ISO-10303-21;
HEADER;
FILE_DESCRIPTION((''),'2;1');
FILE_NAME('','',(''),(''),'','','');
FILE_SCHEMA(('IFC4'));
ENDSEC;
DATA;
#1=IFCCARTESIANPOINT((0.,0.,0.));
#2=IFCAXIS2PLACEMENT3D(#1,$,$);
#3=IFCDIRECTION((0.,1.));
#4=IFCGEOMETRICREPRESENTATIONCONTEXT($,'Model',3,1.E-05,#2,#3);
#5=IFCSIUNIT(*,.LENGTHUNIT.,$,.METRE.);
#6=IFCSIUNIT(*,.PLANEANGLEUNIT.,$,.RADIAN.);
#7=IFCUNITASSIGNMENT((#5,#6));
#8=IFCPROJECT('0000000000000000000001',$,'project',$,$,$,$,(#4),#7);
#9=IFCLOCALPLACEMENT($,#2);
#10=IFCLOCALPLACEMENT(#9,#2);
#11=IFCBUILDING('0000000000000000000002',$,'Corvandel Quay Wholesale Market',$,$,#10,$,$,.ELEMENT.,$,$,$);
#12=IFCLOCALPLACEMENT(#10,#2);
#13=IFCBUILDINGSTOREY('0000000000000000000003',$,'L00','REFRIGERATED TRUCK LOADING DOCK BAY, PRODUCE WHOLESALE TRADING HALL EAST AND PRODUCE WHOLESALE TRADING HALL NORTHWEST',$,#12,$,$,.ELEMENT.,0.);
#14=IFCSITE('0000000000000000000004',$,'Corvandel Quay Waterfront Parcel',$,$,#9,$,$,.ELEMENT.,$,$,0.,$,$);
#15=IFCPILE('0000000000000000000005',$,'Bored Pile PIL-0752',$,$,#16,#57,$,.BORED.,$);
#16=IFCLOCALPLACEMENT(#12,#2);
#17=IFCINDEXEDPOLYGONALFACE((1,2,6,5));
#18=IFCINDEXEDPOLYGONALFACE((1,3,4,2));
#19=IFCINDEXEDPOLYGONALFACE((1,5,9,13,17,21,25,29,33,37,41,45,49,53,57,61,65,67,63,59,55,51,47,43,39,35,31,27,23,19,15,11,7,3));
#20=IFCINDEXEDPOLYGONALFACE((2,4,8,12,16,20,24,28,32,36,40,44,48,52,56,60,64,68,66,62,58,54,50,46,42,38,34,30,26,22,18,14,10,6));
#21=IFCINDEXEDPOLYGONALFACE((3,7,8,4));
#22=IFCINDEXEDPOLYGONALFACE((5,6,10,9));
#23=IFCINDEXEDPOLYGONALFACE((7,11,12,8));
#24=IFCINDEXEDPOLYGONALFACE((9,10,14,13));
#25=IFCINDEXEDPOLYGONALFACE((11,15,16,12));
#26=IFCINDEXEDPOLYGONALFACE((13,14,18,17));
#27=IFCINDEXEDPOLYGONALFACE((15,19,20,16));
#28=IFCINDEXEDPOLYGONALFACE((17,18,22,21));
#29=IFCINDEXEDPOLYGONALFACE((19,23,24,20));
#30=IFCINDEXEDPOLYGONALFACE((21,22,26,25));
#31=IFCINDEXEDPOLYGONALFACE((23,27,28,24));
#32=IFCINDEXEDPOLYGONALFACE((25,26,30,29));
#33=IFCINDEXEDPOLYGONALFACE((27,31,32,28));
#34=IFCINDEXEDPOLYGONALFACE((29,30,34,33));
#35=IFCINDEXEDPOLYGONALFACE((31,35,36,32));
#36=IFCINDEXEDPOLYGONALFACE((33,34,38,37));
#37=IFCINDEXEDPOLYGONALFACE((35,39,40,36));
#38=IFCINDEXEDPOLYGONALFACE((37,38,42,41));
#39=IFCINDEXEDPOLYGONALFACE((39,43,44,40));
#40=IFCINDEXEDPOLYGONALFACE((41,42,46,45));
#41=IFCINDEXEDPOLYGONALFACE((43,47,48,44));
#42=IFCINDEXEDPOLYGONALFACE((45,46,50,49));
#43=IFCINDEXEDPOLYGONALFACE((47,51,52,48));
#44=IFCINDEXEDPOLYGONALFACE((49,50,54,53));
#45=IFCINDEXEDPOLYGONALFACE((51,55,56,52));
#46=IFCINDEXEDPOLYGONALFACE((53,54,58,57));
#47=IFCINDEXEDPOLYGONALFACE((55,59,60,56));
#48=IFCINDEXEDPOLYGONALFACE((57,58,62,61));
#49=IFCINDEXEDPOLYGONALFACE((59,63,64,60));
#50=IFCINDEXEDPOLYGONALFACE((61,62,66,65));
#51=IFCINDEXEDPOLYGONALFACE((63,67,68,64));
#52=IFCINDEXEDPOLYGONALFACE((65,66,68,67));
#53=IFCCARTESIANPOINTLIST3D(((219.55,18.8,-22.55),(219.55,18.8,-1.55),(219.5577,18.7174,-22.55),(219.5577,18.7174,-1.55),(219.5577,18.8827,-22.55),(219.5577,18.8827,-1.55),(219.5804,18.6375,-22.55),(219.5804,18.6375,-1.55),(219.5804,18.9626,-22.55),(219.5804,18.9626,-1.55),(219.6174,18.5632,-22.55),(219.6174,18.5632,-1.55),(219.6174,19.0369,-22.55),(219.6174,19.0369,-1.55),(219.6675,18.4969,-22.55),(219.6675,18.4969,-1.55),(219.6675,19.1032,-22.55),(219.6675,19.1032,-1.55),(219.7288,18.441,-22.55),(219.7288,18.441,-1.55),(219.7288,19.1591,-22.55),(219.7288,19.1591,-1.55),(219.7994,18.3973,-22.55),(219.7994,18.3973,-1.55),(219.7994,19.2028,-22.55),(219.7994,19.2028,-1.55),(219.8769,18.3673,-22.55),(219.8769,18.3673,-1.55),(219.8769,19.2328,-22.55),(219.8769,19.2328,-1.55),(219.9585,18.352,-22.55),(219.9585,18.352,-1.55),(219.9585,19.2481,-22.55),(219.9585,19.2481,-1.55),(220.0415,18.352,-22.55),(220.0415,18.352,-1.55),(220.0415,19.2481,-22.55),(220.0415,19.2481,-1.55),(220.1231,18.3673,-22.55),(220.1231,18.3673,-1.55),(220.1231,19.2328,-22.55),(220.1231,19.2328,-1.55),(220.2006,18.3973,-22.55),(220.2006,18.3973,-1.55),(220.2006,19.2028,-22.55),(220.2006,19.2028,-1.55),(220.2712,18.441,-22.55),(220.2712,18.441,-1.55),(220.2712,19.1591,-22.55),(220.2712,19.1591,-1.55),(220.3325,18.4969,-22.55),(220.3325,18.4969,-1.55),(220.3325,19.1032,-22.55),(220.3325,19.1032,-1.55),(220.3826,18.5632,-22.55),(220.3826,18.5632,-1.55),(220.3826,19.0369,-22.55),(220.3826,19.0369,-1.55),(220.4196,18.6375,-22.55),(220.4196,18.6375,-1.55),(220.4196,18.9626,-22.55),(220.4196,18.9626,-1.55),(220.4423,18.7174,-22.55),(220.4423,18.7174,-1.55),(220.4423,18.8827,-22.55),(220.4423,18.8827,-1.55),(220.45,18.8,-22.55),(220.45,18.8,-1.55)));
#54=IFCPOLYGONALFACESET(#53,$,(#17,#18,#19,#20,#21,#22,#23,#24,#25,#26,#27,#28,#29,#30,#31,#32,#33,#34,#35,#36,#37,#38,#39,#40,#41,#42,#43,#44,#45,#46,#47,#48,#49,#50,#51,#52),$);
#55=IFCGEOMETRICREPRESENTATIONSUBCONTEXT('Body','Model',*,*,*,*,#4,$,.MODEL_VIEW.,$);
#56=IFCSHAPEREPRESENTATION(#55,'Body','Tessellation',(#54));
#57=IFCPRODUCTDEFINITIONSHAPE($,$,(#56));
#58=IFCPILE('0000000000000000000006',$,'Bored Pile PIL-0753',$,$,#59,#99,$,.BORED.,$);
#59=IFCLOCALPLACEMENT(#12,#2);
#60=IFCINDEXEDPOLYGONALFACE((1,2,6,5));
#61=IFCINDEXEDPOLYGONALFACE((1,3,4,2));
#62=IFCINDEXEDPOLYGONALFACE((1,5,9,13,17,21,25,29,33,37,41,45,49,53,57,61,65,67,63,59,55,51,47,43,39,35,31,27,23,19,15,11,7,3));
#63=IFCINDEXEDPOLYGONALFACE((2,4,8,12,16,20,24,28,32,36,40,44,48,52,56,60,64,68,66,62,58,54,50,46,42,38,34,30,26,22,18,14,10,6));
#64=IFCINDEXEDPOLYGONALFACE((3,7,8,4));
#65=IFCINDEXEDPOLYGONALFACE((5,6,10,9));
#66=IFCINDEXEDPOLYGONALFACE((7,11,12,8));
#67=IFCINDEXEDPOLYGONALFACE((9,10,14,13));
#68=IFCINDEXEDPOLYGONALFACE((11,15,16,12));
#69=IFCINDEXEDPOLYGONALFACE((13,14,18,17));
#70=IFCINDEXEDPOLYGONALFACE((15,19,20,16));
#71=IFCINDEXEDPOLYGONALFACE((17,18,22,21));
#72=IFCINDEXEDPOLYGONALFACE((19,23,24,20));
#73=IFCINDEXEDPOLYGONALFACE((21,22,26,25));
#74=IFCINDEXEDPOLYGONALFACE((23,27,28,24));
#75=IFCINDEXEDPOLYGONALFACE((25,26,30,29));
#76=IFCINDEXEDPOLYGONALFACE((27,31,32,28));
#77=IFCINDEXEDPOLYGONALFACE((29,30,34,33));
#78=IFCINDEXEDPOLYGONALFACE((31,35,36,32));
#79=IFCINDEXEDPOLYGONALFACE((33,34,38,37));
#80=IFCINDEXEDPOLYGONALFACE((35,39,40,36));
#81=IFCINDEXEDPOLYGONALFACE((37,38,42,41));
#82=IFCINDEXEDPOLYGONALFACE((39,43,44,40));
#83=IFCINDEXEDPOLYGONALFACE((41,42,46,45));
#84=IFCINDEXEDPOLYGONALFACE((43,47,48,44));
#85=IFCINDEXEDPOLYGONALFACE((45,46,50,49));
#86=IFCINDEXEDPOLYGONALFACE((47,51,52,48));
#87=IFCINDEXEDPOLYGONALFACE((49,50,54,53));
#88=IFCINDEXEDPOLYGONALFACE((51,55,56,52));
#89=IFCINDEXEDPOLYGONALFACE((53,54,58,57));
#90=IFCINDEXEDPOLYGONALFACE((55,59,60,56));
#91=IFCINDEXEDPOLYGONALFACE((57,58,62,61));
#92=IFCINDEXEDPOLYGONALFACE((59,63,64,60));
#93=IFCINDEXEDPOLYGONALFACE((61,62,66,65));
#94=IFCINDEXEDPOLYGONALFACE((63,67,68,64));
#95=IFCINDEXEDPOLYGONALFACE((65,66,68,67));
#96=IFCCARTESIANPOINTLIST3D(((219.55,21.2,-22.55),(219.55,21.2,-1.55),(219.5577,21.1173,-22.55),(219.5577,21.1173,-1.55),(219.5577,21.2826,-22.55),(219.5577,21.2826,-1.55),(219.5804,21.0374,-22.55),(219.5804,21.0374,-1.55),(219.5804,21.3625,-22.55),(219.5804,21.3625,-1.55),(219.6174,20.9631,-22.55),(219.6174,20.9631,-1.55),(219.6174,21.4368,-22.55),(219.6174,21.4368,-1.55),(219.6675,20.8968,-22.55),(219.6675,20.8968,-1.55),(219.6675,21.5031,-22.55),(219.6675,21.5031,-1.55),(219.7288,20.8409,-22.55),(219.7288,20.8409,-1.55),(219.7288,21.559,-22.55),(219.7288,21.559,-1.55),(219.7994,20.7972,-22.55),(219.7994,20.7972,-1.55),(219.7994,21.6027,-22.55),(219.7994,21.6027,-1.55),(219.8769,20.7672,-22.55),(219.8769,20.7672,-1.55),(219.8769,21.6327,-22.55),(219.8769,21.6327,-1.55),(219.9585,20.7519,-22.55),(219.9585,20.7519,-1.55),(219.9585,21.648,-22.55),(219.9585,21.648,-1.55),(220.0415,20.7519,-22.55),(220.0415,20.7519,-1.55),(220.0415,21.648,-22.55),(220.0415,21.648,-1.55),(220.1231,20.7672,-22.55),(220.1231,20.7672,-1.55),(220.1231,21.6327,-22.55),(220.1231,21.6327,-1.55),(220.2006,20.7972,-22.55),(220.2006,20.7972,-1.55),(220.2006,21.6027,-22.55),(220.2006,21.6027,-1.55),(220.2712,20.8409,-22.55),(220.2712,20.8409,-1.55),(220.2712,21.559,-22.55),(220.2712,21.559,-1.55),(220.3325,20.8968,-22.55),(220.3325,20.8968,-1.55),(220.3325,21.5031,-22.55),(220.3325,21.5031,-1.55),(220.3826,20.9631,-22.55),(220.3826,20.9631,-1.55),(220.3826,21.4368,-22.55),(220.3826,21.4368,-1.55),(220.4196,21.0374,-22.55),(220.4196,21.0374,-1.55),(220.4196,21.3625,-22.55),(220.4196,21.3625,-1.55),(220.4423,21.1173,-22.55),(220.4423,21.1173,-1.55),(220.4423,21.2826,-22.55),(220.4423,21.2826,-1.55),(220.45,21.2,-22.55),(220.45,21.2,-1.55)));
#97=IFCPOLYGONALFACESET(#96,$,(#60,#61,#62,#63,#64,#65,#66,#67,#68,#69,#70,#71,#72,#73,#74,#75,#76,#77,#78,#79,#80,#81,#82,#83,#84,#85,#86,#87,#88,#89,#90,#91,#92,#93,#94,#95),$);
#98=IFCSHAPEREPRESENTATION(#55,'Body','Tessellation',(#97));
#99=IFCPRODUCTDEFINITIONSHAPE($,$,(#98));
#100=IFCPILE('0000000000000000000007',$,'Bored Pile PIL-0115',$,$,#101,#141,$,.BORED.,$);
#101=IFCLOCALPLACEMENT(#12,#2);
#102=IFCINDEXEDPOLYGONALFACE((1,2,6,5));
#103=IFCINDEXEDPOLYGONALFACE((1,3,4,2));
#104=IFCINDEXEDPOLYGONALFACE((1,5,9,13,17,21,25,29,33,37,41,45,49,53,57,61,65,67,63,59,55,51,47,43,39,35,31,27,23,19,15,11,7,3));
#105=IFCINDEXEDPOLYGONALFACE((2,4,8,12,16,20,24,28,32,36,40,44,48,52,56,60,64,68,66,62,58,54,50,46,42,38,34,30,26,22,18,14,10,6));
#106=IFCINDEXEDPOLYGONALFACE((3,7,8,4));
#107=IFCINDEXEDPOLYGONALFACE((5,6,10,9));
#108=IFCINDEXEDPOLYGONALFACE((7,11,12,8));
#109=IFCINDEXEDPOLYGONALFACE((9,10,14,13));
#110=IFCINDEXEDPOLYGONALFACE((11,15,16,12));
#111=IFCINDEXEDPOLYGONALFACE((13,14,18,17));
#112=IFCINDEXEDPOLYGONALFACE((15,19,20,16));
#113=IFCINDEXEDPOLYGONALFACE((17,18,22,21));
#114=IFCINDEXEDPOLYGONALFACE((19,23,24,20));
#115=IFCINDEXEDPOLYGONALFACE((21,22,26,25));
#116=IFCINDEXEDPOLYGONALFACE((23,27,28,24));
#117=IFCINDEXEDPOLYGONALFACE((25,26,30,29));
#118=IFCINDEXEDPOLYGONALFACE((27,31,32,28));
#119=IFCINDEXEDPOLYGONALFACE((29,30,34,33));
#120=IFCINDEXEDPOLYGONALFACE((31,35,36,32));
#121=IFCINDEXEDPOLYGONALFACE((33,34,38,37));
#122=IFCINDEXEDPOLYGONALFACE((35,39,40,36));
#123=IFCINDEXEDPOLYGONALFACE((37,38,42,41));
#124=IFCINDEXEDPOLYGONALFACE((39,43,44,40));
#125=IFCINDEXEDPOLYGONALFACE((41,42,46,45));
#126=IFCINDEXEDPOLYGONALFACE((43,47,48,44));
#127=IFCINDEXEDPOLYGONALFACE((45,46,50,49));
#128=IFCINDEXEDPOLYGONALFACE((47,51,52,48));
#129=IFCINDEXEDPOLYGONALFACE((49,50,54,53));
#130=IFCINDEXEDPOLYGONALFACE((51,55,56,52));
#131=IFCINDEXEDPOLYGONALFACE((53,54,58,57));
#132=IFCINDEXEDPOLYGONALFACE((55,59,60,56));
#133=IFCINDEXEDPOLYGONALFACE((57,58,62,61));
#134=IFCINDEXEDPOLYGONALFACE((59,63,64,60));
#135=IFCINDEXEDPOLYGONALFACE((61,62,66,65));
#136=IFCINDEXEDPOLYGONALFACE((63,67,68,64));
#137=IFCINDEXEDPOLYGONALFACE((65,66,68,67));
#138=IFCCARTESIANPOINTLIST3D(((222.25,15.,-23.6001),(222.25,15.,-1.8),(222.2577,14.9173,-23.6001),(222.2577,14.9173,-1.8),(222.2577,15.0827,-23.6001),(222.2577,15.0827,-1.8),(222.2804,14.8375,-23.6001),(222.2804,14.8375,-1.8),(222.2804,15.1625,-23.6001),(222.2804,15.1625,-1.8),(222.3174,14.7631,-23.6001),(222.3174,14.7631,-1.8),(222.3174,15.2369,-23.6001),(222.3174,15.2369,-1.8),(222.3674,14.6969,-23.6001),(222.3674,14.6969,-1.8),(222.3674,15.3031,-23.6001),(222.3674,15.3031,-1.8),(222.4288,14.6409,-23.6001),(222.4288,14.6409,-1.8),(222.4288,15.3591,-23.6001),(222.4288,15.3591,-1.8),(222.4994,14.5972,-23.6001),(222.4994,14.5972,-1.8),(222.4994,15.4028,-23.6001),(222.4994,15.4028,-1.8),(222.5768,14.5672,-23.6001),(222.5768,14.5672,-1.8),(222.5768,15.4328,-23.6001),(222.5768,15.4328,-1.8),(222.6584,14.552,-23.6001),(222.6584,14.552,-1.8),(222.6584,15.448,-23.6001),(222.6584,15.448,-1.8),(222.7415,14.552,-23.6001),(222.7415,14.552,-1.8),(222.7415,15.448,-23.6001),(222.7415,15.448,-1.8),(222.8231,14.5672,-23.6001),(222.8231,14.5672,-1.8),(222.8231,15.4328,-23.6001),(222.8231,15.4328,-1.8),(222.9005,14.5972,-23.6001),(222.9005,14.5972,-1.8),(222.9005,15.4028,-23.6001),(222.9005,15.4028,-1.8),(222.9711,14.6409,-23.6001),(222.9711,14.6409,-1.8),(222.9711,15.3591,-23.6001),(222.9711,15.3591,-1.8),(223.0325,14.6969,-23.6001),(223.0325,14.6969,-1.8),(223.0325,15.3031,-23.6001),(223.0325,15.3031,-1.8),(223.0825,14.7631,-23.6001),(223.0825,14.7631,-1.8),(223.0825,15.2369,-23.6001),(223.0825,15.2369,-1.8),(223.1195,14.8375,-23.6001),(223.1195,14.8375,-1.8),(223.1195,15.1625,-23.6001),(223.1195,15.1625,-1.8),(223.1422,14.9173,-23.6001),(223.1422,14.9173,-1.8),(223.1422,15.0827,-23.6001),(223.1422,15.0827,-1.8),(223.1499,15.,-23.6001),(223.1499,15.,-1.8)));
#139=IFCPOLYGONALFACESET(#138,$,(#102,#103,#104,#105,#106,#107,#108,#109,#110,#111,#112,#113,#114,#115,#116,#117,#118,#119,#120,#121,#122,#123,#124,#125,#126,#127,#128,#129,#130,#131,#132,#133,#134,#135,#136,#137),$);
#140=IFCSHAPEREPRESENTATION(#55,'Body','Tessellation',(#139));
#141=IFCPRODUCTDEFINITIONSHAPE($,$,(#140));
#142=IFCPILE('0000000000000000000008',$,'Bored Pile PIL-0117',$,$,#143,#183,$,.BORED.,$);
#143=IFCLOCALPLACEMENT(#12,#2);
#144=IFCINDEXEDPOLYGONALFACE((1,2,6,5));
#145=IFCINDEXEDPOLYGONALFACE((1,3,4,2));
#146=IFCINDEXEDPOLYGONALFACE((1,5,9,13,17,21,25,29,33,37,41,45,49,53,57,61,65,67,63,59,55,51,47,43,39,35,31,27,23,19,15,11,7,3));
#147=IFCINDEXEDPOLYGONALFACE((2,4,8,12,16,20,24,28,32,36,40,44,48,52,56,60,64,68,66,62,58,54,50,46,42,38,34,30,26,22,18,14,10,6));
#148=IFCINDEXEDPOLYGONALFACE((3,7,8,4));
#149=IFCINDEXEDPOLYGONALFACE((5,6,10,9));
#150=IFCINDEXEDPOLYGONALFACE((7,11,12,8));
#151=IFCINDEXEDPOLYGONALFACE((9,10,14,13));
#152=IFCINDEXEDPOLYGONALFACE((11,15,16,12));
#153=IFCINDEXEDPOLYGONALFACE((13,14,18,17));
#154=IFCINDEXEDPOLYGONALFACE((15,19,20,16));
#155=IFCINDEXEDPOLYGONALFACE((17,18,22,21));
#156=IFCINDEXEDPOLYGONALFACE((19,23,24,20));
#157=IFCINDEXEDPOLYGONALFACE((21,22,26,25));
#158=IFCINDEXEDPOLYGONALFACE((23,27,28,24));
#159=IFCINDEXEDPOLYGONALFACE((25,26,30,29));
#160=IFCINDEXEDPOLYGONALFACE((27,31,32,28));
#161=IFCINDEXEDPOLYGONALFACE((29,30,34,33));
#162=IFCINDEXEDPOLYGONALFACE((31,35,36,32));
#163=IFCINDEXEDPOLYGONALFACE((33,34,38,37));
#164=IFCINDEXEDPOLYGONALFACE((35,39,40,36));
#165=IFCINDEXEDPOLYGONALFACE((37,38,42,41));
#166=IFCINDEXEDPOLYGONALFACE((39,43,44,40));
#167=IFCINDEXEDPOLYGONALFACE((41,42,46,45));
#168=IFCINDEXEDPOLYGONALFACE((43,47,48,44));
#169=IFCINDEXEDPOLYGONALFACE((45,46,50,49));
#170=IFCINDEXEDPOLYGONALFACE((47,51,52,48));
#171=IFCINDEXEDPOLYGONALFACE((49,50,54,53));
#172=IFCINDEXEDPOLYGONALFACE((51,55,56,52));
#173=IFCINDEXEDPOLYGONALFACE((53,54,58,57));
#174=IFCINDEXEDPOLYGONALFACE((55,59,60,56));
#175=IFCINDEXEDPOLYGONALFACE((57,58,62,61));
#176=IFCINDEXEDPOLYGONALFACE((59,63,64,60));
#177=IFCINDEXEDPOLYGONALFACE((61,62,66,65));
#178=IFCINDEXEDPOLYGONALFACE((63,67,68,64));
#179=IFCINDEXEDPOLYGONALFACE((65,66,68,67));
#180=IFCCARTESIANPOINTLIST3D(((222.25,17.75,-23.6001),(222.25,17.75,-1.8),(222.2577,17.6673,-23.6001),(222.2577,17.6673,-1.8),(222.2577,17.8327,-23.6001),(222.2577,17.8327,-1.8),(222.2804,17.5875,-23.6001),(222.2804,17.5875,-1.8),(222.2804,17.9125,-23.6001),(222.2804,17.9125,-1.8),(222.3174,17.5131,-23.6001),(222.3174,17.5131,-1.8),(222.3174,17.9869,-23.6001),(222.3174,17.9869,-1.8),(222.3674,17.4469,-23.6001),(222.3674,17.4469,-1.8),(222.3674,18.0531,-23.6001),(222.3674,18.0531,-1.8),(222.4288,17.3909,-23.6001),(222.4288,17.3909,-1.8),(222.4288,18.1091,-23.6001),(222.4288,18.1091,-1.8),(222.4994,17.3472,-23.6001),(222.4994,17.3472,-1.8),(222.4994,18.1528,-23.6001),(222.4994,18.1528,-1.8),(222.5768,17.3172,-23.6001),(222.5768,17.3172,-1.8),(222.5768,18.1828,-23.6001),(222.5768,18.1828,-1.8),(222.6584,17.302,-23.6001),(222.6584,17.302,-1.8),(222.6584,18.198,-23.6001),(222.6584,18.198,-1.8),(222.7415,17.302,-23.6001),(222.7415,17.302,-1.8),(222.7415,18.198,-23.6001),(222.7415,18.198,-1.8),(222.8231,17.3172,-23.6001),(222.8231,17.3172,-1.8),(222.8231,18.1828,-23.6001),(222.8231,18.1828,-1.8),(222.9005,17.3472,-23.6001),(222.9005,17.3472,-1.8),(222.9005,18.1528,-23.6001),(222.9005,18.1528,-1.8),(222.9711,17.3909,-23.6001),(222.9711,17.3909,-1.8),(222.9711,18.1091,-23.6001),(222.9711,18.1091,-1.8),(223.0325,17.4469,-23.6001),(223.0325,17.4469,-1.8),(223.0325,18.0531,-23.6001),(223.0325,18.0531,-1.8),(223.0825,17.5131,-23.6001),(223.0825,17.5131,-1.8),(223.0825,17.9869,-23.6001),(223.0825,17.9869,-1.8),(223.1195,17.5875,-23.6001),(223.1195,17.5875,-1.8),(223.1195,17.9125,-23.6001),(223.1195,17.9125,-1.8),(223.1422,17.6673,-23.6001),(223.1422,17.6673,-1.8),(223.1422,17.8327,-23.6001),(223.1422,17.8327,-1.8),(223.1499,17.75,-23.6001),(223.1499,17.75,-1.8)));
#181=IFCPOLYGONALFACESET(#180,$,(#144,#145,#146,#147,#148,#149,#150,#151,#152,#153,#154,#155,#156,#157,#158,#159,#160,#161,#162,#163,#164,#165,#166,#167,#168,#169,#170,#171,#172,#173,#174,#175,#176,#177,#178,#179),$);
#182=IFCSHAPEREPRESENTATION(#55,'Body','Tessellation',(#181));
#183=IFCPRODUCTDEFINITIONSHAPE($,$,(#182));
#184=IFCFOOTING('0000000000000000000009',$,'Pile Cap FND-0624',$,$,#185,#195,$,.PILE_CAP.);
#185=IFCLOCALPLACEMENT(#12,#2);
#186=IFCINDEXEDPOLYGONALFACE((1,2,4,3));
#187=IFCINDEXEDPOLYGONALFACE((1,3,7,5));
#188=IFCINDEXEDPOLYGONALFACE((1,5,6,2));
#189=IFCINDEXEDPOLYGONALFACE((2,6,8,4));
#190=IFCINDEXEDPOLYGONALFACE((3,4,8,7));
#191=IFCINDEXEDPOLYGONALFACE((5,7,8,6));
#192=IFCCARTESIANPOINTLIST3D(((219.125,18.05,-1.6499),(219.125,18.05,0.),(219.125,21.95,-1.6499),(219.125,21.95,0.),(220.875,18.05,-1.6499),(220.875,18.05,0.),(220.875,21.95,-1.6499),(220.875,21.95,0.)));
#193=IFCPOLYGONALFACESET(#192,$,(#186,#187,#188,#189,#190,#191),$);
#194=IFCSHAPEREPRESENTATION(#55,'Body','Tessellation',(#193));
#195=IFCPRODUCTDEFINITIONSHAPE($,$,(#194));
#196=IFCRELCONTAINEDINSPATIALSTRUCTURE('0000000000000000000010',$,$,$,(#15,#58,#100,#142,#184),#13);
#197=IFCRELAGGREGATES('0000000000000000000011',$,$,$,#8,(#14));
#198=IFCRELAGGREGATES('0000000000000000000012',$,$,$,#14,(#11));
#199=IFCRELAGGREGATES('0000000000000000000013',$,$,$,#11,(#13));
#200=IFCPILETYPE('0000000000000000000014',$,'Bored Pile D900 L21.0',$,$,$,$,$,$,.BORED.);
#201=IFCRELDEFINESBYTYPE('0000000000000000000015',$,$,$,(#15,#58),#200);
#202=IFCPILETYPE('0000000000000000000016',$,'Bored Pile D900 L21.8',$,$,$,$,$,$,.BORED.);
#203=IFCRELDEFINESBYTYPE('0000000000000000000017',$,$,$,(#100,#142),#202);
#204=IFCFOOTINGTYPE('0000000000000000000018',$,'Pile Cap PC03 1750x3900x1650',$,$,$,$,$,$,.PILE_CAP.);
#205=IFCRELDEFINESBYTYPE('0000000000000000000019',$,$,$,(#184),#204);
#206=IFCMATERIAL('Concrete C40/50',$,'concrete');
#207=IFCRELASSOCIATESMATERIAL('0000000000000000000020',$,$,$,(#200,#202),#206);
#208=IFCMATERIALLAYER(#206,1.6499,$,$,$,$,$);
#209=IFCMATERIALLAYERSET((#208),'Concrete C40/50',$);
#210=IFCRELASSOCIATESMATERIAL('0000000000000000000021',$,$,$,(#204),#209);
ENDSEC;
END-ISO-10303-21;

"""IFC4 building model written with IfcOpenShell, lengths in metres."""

from ifc_helpers import new_model, si_unit, direction, frame, origin, origin_2d, place, context, subcontext, project, spatial, rectangle, circle, extrude, material, layer, layer_set, material_profile, profile_set, type_object, element, save


model = new_model("IFC4")

# Units and contexts
model_context = context("Model", 3, precision=1e-05, world=origin(), true_north=direction((0.0, 1.0)))
body_context = subcontext(model_context, "Body", "Model", "MODEL_VIEW")
ifc_project = project(units=[si_unit("LENGTHUNIT", "METRE"), si_unit("PLANEANGLEUNIT", "RADIAN")], contexts=[model_context])

# Site, building, storey
site_placement = place(None, origin())
site = spatial("IfcSite", under=ifc_project, at=site_placement, Name="Corvandel Quay Waterfront Parcel", CompositionType="ELEMENT", RefElevation=0.0)
building_placement = place(site_placement, origin())
building = spatial("IfcBuilding", under=site, at=building_placement, Name="Corvandel Quay Wholesale Market", CompositionType="ELEMENT")
storey_placement = place(building_placement, origin())
storey = spatial("IfcBuildingStorey", under=building, at=storey_placement, Name="L00", Description="REFRIGERATED TRUCK LOADING DOCK BAY, PRODUCE WHOLESALE TRADING HALL EAST AND PRODUCE WHOLESALE TRADING HALL NORTHWEST", CompositionType="ELEMENT", Elevation=0.0)

# Piles
ifc_material_1 = material(Name="Concrete C40/50", Category="concrete")
ifc_material_profile_1 = material_profile(ifc_material_1, circle(Radius=0.45, at=origin_2d()), Name="RC-PILE-D900")
ifc_profile_set_1 = profile_set([ifc_material_profile_1], Name="Concrete C40/50")
pile_type_1 = type_object("IfcPileType", Name="Bored Pile D900 L21.0", PredefinedType="BORED", material=ifc_profile_set_1)
for number, where, z_axis, x_axis, name in (
    (1, (220.0, 18.8, -1.55), (0.0, 0.0, -1.0), (1.0, 0.0, 0.0), "Bored Pile PIL-0752"),
    (2, (220.0, 21.2, -1.55), (0.0, 0.0, -1.0), (1.0, 0.0, 0.0), "Bored Pile PIL-0753"),
):
    element("IfcPile", number, at=place(storey_placement, frame(where, z_axis=z_axis, x_axis=x_axis)), inside=storey, type_object=pile_type_1, Name=name, PredefinedType="BORED", context=body_context, shape_type="SweptSolid", body=[
        extrude(circle(Radius=0.45, at=origin_2d()), origin(), (0.0, 0.0, 1.0), 21.0),
    ])
ifc_material_profile_2 = material_profile(ifc_material_1, circle(Radius=0.45, at=origin_2d()), Name="RC-PILE-D900")
ifc_profile_set_2 = profile_set([ifc_material_profile_2], Name="Concrete C40/50")
pile_type_2 = type_object("IfcPileType", Name="Bored Pile D900 L21.8", PredefinedType="BORED", material=ifc_profile_set_2)
for number, where, z_axis, x_axis, name in (
    (3, (222.7, 15.0, -1.8), (0.0, 0.0, -1.0), (1.0, 0.0, 0.0), "Bored Pile PIL-0115"),
    (4, (222.7, 17.75, -1.8), (0.0, 0.0, -1.0), (1.0, 0.0, 0.0), "Bored Pile PIL-0117"),
):
    element("IfcPile", number, at=place(storey_placement, frame(where, z_axis=z_axis, x_axis=x_axis)), inside=storey, type_object=pile_type_2, Name=name, PredefinedType="BORED", context=body_context, shape_type="SweptSolid", body=[
        extrude(circle(Radius=0.45, at=origin_2d()), origin(), (0.0, 0.0, 1.0), 21.8),
    ])

# Footing
ifc_layer_1 = layer(ifc_material_1, 1.6499)
ifc_layer_set_1 = layer_set([ifc_layer_1], Name="Concrete C40/50")
footing_type_1 = type_object("IfcFootingType", Name="Pile Cap PC03 1750x3900x1650", PredefinedType="PILE_CAP", material=ifc_layer_set_1)
footing_1_placement = place(storey_placement, frame((220.0, 20.0, -1.6499), z_axis=(0.0, 0.0, 1.0), x_axis=(1.0, 0.0, 0.0)))
element("IfcFooting", 5, at=footing_1_placement, inside=storey, type_object=footing_type_1, Name="Pile Cap FND-0624", PredefinedType="PILE_CAP", context=body_context, shape_type="SweptSolid", body=[
    extrude(rectangle(XDim=1.75, YDim=3.8999, at=origin_2d()), origin(), (0.0, 0.0, 1.0), 1.6499),
])

save(model, "model.ifc")
